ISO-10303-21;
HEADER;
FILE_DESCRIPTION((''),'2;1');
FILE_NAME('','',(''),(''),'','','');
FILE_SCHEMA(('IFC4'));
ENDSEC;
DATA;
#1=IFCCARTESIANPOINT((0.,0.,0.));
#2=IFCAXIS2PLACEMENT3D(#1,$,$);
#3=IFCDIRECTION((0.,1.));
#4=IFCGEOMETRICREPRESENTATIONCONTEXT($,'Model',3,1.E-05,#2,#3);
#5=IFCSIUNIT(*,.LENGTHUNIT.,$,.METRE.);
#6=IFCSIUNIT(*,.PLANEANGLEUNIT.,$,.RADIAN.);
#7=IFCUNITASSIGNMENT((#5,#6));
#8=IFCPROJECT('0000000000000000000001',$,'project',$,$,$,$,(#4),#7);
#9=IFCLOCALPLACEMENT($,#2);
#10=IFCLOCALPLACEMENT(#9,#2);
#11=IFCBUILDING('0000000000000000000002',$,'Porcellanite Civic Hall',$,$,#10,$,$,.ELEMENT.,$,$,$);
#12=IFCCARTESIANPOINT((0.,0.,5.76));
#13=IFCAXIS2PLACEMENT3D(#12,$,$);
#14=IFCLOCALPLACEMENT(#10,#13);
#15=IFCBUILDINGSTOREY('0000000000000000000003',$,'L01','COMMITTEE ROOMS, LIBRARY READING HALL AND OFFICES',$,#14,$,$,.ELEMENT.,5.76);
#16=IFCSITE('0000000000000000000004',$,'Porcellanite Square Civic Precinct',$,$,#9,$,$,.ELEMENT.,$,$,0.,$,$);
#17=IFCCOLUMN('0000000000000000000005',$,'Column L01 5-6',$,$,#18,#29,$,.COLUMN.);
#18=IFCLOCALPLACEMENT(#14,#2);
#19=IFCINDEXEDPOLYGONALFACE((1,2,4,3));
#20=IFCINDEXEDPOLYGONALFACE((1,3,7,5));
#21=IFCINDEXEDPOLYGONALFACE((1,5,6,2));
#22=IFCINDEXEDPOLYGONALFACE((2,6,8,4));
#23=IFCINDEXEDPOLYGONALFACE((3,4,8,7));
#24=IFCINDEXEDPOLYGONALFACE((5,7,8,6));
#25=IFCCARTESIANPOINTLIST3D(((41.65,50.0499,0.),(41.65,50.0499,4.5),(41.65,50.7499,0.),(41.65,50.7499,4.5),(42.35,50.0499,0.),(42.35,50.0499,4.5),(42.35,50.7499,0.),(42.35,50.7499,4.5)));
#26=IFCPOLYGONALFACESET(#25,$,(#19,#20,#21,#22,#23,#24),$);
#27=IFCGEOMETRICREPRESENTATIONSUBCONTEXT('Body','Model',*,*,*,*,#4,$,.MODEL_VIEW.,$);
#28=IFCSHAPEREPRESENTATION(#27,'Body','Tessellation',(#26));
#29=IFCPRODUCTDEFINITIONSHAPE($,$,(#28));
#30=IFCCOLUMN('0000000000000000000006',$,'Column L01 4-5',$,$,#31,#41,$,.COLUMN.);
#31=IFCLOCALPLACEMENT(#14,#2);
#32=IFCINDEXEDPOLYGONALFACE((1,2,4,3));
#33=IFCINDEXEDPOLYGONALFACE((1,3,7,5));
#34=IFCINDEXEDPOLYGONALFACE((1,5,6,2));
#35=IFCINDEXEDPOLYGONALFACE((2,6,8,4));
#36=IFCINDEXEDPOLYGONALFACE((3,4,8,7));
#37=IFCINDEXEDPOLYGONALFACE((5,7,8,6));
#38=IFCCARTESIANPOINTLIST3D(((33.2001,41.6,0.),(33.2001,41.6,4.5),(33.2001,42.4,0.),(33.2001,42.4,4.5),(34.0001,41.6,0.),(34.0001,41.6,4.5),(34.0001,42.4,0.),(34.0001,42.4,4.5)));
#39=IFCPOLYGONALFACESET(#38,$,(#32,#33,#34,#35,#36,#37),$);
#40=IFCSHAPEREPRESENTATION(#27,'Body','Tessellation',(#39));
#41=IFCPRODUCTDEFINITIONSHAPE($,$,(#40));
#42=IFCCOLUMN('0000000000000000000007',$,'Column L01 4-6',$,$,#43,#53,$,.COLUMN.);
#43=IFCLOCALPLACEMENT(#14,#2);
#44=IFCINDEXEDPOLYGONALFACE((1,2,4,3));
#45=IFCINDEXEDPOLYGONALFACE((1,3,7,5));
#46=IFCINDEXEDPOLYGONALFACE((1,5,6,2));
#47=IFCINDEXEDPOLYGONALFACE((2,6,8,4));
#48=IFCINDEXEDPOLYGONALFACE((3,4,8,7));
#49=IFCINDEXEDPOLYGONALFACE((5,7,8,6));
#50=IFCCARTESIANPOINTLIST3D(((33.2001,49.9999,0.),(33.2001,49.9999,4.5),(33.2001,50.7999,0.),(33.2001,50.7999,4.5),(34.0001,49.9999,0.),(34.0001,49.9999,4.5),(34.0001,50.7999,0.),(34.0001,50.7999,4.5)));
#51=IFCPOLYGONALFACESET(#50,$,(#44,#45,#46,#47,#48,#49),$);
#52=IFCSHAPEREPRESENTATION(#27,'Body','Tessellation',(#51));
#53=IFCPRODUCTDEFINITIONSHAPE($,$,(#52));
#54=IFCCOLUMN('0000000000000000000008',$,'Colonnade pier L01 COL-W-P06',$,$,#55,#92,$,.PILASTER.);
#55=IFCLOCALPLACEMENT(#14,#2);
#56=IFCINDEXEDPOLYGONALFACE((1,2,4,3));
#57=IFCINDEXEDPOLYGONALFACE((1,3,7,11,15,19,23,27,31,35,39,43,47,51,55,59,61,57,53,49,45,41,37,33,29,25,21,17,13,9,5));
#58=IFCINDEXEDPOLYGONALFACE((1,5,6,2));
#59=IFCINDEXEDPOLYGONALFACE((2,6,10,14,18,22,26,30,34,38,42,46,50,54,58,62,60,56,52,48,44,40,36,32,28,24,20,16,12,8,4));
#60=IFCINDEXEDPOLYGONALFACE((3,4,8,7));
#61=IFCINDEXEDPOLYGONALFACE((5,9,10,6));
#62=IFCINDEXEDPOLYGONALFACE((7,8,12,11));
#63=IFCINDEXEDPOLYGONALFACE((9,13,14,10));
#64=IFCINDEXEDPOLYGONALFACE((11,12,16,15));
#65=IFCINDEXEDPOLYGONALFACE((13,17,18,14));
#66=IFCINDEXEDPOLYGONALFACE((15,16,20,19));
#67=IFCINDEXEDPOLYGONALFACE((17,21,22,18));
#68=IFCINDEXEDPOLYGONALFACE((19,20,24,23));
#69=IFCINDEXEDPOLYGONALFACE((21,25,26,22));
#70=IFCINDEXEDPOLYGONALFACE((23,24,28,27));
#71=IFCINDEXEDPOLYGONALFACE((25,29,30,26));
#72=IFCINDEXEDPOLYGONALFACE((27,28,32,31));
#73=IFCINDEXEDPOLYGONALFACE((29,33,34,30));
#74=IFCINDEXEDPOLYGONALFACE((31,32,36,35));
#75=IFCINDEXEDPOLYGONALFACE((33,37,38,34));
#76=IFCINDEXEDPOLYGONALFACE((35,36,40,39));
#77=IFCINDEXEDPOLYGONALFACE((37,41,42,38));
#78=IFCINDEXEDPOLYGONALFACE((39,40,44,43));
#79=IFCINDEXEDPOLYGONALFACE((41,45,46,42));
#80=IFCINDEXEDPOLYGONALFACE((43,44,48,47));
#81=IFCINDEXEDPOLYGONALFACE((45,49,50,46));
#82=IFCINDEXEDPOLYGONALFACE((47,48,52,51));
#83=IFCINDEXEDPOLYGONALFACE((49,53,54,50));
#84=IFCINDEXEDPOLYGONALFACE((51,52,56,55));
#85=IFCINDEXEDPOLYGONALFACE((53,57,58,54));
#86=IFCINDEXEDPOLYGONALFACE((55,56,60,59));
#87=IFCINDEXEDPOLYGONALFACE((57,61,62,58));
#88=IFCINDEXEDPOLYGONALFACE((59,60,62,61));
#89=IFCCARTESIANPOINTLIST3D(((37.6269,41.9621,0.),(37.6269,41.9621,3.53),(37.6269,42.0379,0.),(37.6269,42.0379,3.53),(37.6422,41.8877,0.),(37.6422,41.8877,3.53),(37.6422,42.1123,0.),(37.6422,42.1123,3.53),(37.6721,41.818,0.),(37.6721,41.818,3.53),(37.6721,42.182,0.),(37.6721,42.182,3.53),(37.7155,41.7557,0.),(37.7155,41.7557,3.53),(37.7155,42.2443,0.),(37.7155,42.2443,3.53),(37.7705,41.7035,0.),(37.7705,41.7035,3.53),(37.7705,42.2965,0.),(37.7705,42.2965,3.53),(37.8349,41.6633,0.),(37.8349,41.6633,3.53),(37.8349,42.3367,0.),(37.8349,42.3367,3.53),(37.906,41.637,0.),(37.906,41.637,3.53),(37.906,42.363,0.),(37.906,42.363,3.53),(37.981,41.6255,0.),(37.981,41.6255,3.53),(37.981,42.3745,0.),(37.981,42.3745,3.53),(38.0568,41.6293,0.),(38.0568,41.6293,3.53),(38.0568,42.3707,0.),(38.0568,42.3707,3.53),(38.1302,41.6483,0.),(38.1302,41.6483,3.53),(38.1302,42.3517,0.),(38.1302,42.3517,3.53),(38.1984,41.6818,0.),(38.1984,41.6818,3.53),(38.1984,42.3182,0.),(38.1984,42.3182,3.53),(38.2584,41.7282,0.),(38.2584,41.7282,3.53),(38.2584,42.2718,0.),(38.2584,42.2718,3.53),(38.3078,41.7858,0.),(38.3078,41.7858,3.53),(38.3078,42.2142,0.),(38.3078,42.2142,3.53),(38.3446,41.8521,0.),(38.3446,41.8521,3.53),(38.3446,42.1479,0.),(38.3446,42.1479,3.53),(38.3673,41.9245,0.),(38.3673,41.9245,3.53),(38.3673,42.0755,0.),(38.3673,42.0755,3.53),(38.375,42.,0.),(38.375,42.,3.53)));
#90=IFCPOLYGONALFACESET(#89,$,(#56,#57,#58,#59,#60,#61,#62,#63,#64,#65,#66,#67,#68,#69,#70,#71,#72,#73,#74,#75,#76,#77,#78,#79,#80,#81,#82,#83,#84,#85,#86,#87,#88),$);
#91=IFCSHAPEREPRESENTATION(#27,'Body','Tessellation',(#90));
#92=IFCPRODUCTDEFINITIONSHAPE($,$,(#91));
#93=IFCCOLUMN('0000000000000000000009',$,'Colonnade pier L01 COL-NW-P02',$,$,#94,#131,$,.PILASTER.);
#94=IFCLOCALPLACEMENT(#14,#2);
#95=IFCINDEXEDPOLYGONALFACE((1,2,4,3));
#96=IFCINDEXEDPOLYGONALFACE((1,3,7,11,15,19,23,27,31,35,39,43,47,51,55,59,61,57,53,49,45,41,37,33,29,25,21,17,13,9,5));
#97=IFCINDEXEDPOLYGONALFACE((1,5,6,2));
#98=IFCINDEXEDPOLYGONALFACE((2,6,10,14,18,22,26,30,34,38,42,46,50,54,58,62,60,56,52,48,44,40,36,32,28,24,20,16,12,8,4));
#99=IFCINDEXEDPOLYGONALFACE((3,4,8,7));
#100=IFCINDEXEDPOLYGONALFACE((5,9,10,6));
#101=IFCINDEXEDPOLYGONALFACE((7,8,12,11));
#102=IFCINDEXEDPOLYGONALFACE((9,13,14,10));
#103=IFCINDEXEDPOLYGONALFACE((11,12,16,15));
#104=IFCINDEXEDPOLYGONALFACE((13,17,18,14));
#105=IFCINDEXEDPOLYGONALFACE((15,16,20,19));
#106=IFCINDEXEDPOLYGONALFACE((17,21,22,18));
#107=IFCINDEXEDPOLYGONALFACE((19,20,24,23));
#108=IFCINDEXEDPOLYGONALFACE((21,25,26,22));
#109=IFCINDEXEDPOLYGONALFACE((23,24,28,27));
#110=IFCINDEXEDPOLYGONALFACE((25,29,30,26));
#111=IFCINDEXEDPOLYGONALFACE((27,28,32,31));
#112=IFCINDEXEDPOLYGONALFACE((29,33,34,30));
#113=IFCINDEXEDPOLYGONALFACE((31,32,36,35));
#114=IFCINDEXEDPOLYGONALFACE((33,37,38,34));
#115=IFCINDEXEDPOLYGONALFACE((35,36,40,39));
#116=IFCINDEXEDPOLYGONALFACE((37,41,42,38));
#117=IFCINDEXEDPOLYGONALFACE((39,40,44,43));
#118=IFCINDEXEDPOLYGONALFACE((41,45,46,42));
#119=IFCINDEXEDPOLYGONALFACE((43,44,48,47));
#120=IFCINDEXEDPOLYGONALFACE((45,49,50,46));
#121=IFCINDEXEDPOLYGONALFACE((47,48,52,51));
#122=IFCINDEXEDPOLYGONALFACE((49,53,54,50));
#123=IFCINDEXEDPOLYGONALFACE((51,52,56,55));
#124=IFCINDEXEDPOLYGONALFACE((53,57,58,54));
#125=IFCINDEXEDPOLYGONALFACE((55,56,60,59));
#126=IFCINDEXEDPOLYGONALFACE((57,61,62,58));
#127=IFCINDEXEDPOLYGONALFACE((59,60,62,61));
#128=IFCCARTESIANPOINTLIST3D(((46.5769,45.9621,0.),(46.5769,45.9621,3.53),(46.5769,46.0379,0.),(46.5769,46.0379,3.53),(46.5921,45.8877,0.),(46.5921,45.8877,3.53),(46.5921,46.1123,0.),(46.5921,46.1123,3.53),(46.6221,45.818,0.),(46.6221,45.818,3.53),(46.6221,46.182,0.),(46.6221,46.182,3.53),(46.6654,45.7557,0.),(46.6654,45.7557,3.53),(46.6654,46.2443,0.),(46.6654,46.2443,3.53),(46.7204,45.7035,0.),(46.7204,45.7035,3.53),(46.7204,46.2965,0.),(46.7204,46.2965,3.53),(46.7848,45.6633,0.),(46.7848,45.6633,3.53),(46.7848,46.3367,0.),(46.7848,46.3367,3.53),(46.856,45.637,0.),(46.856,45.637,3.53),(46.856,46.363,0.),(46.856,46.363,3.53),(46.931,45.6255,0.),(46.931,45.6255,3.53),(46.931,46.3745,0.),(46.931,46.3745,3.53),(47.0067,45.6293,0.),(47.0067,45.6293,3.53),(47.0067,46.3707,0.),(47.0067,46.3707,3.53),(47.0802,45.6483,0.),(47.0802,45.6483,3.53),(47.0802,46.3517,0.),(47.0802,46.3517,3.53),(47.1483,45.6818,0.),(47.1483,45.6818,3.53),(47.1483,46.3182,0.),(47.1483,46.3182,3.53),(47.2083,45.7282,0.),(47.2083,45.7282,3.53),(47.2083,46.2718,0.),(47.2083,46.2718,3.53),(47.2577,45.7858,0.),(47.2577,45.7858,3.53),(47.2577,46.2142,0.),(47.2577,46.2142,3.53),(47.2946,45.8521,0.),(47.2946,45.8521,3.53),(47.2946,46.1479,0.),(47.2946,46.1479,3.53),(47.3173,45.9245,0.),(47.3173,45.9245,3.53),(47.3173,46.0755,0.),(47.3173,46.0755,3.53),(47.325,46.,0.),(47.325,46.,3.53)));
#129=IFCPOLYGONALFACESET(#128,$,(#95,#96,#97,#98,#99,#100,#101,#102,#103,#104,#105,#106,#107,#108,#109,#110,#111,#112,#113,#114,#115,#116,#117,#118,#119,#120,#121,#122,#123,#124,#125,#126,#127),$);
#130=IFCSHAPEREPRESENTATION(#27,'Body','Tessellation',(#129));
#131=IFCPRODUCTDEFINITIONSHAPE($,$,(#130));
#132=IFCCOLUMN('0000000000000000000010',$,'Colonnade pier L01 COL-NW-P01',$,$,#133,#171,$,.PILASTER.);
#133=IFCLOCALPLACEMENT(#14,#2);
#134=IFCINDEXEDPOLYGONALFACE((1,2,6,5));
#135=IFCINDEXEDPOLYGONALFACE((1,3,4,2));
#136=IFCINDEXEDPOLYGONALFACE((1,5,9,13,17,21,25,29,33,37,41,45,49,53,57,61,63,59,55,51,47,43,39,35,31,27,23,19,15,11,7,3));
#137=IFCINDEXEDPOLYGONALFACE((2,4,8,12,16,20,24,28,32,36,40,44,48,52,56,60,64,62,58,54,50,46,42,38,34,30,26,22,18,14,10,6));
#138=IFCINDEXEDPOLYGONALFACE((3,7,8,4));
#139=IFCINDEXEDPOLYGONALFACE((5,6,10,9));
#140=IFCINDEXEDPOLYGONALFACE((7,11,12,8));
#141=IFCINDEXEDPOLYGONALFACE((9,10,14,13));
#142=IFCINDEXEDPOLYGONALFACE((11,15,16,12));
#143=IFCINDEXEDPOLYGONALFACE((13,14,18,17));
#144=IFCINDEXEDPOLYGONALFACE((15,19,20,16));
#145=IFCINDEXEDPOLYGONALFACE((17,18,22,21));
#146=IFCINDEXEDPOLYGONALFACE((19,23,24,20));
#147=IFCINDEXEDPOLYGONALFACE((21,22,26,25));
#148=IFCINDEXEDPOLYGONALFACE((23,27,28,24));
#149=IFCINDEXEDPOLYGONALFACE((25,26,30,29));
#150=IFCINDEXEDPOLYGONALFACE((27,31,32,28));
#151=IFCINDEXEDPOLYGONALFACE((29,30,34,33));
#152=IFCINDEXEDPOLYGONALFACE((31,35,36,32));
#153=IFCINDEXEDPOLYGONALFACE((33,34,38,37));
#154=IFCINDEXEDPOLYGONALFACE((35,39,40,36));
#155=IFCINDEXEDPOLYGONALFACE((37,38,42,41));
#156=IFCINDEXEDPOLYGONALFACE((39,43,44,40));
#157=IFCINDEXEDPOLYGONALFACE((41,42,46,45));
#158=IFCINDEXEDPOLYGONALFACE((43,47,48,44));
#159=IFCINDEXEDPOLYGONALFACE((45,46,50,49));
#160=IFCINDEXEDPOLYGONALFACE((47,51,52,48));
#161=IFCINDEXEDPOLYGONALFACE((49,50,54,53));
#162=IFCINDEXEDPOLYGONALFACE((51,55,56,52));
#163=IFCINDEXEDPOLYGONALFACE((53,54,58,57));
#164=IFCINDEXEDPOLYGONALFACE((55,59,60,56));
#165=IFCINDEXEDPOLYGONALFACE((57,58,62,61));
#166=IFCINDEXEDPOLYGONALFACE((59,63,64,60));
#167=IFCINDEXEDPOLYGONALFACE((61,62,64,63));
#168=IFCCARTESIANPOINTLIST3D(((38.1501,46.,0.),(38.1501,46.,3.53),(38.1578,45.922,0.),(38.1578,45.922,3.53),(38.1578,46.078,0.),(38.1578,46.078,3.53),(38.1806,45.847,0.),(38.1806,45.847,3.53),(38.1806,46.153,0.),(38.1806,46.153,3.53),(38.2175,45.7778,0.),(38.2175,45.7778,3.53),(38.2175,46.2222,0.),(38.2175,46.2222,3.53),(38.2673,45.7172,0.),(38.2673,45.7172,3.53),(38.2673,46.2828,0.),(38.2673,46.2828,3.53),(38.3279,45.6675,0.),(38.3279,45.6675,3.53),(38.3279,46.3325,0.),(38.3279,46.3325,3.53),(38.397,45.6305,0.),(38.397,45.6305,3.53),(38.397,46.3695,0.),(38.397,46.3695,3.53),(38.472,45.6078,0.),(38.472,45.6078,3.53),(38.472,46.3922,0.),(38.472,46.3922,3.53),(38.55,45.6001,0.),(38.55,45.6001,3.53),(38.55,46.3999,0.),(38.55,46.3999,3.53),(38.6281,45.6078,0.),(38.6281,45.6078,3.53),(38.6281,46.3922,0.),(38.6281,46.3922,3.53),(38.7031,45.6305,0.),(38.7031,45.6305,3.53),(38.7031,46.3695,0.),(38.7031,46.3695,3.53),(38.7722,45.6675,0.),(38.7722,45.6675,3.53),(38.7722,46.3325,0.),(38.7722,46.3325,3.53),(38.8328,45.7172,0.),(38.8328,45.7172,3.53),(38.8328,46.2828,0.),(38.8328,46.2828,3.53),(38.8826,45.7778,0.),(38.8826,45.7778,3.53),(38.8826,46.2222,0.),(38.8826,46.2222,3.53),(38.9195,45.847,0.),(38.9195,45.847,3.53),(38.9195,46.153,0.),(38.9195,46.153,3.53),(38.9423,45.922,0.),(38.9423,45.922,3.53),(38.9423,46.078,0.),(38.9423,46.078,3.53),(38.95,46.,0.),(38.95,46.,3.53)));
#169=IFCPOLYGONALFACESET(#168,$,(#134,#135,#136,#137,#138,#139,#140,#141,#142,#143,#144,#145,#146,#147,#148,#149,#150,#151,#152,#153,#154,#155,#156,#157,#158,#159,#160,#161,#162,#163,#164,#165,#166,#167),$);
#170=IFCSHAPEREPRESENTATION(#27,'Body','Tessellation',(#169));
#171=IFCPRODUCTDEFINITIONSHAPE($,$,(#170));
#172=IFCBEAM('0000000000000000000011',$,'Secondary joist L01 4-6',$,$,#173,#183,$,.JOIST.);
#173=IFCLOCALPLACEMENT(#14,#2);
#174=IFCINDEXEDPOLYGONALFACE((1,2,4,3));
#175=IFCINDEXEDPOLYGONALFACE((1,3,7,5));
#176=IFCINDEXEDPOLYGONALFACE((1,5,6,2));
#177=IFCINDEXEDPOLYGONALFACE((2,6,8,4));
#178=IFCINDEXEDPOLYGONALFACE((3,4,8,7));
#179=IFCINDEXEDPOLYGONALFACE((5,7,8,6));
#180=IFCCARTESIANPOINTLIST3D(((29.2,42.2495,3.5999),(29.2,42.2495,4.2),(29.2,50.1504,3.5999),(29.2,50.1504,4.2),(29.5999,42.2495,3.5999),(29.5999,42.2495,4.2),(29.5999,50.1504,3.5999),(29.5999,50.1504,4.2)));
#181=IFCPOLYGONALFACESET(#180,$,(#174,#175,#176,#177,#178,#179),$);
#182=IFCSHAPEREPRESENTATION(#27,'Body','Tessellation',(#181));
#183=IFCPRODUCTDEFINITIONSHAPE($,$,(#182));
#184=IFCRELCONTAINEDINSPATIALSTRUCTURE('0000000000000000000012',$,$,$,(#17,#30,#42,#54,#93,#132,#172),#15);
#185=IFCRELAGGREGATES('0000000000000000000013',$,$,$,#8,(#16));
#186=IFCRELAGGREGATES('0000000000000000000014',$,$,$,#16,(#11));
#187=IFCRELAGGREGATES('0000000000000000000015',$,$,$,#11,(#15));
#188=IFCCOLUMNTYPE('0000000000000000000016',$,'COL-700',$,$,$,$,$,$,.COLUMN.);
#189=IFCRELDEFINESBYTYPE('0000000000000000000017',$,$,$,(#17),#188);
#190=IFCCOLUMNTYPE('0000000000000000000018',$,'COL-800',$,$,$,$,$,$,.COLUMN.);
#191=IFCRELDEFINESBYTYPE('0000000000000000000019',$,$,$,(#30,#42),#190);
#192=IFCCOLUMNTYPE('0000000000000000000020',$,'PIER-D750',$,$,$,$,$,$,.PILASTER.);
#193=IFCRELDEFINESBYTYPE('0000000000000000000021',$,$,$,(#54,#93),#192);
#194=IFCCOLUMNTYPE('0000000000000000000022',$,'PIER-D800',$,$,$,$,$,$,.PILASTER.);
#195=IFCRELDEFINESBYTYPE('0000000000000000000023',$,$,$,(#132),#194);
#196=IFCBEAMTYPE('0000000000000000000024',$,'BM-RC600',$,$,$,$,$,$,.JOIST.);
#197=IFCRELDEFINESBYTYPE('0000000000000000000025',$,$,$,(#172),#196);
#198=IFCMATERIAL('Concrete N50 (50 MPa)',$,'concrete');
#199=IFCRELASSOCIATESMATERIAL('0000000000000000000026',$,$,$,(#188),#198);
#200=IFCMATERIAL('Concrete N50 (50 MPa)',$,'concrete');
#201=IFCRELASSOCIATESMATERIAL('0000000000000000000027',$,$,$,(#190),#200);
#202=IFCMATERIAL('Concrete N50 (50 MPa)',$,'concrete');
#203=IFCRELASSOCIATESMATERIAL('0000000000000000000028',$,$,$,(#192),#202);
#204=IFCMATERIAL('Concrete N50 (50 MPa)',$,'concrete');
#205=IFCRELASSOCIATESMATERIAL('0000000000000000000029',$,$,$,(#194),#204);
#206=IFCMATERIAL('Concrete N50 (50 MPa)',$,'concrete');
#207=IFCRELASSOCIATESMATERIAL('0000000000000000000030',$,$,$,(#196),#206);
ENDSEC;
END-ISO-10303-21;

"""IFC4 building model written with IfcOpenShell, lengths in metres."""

from ifc_helpers import new_model, si_unit, direction, frame, origin, origin_2d, place, context, subcontext, project, spatial, rectangle, circle, extrude, material, material_profile, profile_set, type_object, element, save


model = new_model("IFC4")

# Units and contexts
model_context = context("Model", 3, precision=1e-05, world=origin(), true_north=direction((0.0, 1.0)))
body_context = subcontext(model_context, "Body", "Model", "MODEL_VIEW")
ifc_project = project(units=[si_unit("LENGTHUNIT", "METRE"), si_unit("PLANEANGLEUNIT", "RADIAN")], contexts=[model_context])

# Site, building, storey
site_placement = place(None, origin())
site = spatial("IfcSite", under=ifc_project, at=site_placement, Name="Porcellanite Square Civic Precinct", CompositionType="ELEMENT", RefElevation=0.0)
building_placement = place(site_placement, origin())
building = spatial("IfcBuilding", under=site, at=building_placement, Name="Porcellanite Civic Hall", CompositionType="ELEMENT")
storey_placement = place(building_placement, frame((0.0, 0.0, 5.76)))
storey = spatial("IfcBuildingStorey", under=building, at=storey_placement, Name="L01", Description="COMMITTEE ROOMS, LIBRARY READING HALL AND OFFICES", CompositionType="ELEMENT", Elevation=5.76)

# Columns
ifc_material_1 = material(Name="Concrete N50 (50 MPa)", Category="concrete")
ifc_material_profile_1 = material_profile(ifc_material_1, rectangle(XDim=0.7, YDim=0.7, at=origin_2d()), Name="RC-700x700")
ifc_profile_set_1 = profile_set([ifc_material_profile_1], Name="Concrete N50 (50 MPa)")
column_type_1 = type_object("IfcColumnType", Name="COL-700", PredefinedType="COLUMN", material=ifc_profile_set_1)
column_1_placement = place(storey_placement, frame((42.0, 50.3999, 0.0), z_axis=(0.0, 0.0, 1.0), x_axis=(1.0, 0.0, 0.0)))
element("IfcColumn", 1, at=column_1_placement, inside=storey, type_object=column_type_1, Name="Column L01 5-6", PredefinedType="COLUMN", context=body_context, shape_type="SweptSolid", body=[
    extrude(rectangle(XDim=0.7, YDim=0.7, at=origin_2d()), origin(), (0.0, 0.0, 1.0), 4.5),
])
ifc_material_2 = material(Name="Concrete N50 (50 MPa)", Category="concrete")
ifc_material_profile_2 = material_profile(ifc_material_2, rectangle(XDim=0.8, YDim=0.8, at=origin_2d()), Name="RC-800x800")
ifc_profile_set_2 = profile_set([ifc_material_profile_2], Name="Concrete N50 (50 MPa)")
column_type_2 = type_object("IfcColumnType", Name="COL-800", PredefinedType="COLUMN", material=ifc_profile_set_2)
for number, where, z_axis, x_axis, name in (
    (2, (33.6001, 42.0, 0.0), (0.0, 0.0, 1.0), (1.0, 0.0, 0.0), "Column L01 4-5"),
    (3, (33.6001, 50.3999, 0.0), (0.0, 0.0, 1.0), (1.0, 0.0, 0.0), "Column L01 4-6"),
):
    element("IfcColumn", number, at=place(storey_placement, frame(where, z_axis=z_axis, x_axis=x_axis)), inside=storey, type_object=column_type_2, Name=name, PredefinedType="COLUMN", context=body_context, shape_type="SweptSolid", body=[
        extrude(rectangle(XDim=0.8, YDim=0.8, at=origin_2d()), origin(), (0.0, 0.0, 1.0), 4.5),
    ])
ifc_material_3 = material(Name="Concrete N50 (50 MPa)", Category="concrete")
ifc_material_profile_3 = material_profile(ifc_material_3, circle(Radius=0.375, at=origin_2d()), Name="RC-D750")
ifc_profile_set_3 = profile_set([ifc_material_profile_3], Name="Concrete N50 (50 MPa)")
column_type_3 = type_object("IfcColumnType", Name="PIER-D750", PredefinedType="PILASTER", material=ifc_profile_set_3)
for number, where, z_axis, x_axis, name in (
    (4, (38.0, 42.0, 0.0), (0.0, 0.0, 1.0), (1.0, 0.0, 0.0), "Colonnade pier L01 COL-W-P06"),
    (5, (46.95, 46.0, 0.0), (0.0, 0.0, 1.0), (1.0, 0.0, 0.0), "Colonnade pier L01 COL-NW-P02"),
):
    element("IfcColumn", number, at=place(storey_placement, frame(where, z_axis=z_axis, x_axis=x_axis)), inside=storey, type_object=column_type_3, Name=name, PredefinedType="PILASTER", context=body_context, shape_type="SweptSolid", body=[
        extrude(circle(Radius=0.375, at=origin_2d()), origin(), (0.0, 0.0, 1.0), 3.53),
    ])
ifc_material_4 = material(Name="Concrete N50 (50 MPa)", Category="concrete")
ifc_material_profile_4 = material_profile(ifc_material_4, circle(Radius=0.3999, at=origin_2d()), Name="RC-D800")
ifc_profile_set_4 = profile_set([ifc_material_profile_4], Name="Concrete N50 (50 MPa)")
column_type_4 = type_object("IfcColumnType", Name="PIER-D800", PredefinedType="PILASTER", material=ifc_profile_set_4)
column_2_placement = place(storey_placement, frame((38.55, 46.0, 0.0), z_axis=(0.0, 0.0, 1.0), x_axis=(1.0, 0.0, 0.0)))
element("IfcColumn", 6, at=column_2_placement, inside=storey, type_object=column_type_4, Name="Colonnade pier L01 COL-NW-P01", PredefinedType="PILASTER", context=body_context, shape_type="SweptSolid", body=[
    extrude(circle(Radius=0.3999, at=origin_2d()), origin(), (0.0, 0.0, 1.0), 3.53),
])

# Beam
ifc_material_5 = material(Name="Concrete N50 (50 MPa)", Category="concrete")
ifc_material_profile_5 = material_profile(ifc_material_5, rectangle(XDim=0.3999, YDim=0.6001, at=origin_2d()), Name="RC-400x600")
ifc_profile_set_5 = profile_set([ifc_material_profile_5], Name="Concrete N50 (50 MPa)")
beam_type_1 = type_object("IfcBeamType", Name="BM-RC600", PredefinedType="JOIST", material=ifc_profile_set_5)
beam_1_placement = place(storey_placement, frame((29.3999, 42.2495, 3.8999), z_axis=(0.0, 1.0, 0.0), x_axis=(-1.0, 0.0, 0.0)))
element("IfcBeam", 7, at=beam_1_placement, inside=storey, type_object=beam_type_1, Name="Secondary joist L01 4-6", PredefinedType="JOIST", context=body_context, shape_type="SweptSolid", body=[
    extrude(rectangle(XDim=0.3999, YDim=0.6001, at=origin_2d()), origin(), (0.0, 0.0, 1.0), 7.9009),
])

save(model, "model.ifc")
